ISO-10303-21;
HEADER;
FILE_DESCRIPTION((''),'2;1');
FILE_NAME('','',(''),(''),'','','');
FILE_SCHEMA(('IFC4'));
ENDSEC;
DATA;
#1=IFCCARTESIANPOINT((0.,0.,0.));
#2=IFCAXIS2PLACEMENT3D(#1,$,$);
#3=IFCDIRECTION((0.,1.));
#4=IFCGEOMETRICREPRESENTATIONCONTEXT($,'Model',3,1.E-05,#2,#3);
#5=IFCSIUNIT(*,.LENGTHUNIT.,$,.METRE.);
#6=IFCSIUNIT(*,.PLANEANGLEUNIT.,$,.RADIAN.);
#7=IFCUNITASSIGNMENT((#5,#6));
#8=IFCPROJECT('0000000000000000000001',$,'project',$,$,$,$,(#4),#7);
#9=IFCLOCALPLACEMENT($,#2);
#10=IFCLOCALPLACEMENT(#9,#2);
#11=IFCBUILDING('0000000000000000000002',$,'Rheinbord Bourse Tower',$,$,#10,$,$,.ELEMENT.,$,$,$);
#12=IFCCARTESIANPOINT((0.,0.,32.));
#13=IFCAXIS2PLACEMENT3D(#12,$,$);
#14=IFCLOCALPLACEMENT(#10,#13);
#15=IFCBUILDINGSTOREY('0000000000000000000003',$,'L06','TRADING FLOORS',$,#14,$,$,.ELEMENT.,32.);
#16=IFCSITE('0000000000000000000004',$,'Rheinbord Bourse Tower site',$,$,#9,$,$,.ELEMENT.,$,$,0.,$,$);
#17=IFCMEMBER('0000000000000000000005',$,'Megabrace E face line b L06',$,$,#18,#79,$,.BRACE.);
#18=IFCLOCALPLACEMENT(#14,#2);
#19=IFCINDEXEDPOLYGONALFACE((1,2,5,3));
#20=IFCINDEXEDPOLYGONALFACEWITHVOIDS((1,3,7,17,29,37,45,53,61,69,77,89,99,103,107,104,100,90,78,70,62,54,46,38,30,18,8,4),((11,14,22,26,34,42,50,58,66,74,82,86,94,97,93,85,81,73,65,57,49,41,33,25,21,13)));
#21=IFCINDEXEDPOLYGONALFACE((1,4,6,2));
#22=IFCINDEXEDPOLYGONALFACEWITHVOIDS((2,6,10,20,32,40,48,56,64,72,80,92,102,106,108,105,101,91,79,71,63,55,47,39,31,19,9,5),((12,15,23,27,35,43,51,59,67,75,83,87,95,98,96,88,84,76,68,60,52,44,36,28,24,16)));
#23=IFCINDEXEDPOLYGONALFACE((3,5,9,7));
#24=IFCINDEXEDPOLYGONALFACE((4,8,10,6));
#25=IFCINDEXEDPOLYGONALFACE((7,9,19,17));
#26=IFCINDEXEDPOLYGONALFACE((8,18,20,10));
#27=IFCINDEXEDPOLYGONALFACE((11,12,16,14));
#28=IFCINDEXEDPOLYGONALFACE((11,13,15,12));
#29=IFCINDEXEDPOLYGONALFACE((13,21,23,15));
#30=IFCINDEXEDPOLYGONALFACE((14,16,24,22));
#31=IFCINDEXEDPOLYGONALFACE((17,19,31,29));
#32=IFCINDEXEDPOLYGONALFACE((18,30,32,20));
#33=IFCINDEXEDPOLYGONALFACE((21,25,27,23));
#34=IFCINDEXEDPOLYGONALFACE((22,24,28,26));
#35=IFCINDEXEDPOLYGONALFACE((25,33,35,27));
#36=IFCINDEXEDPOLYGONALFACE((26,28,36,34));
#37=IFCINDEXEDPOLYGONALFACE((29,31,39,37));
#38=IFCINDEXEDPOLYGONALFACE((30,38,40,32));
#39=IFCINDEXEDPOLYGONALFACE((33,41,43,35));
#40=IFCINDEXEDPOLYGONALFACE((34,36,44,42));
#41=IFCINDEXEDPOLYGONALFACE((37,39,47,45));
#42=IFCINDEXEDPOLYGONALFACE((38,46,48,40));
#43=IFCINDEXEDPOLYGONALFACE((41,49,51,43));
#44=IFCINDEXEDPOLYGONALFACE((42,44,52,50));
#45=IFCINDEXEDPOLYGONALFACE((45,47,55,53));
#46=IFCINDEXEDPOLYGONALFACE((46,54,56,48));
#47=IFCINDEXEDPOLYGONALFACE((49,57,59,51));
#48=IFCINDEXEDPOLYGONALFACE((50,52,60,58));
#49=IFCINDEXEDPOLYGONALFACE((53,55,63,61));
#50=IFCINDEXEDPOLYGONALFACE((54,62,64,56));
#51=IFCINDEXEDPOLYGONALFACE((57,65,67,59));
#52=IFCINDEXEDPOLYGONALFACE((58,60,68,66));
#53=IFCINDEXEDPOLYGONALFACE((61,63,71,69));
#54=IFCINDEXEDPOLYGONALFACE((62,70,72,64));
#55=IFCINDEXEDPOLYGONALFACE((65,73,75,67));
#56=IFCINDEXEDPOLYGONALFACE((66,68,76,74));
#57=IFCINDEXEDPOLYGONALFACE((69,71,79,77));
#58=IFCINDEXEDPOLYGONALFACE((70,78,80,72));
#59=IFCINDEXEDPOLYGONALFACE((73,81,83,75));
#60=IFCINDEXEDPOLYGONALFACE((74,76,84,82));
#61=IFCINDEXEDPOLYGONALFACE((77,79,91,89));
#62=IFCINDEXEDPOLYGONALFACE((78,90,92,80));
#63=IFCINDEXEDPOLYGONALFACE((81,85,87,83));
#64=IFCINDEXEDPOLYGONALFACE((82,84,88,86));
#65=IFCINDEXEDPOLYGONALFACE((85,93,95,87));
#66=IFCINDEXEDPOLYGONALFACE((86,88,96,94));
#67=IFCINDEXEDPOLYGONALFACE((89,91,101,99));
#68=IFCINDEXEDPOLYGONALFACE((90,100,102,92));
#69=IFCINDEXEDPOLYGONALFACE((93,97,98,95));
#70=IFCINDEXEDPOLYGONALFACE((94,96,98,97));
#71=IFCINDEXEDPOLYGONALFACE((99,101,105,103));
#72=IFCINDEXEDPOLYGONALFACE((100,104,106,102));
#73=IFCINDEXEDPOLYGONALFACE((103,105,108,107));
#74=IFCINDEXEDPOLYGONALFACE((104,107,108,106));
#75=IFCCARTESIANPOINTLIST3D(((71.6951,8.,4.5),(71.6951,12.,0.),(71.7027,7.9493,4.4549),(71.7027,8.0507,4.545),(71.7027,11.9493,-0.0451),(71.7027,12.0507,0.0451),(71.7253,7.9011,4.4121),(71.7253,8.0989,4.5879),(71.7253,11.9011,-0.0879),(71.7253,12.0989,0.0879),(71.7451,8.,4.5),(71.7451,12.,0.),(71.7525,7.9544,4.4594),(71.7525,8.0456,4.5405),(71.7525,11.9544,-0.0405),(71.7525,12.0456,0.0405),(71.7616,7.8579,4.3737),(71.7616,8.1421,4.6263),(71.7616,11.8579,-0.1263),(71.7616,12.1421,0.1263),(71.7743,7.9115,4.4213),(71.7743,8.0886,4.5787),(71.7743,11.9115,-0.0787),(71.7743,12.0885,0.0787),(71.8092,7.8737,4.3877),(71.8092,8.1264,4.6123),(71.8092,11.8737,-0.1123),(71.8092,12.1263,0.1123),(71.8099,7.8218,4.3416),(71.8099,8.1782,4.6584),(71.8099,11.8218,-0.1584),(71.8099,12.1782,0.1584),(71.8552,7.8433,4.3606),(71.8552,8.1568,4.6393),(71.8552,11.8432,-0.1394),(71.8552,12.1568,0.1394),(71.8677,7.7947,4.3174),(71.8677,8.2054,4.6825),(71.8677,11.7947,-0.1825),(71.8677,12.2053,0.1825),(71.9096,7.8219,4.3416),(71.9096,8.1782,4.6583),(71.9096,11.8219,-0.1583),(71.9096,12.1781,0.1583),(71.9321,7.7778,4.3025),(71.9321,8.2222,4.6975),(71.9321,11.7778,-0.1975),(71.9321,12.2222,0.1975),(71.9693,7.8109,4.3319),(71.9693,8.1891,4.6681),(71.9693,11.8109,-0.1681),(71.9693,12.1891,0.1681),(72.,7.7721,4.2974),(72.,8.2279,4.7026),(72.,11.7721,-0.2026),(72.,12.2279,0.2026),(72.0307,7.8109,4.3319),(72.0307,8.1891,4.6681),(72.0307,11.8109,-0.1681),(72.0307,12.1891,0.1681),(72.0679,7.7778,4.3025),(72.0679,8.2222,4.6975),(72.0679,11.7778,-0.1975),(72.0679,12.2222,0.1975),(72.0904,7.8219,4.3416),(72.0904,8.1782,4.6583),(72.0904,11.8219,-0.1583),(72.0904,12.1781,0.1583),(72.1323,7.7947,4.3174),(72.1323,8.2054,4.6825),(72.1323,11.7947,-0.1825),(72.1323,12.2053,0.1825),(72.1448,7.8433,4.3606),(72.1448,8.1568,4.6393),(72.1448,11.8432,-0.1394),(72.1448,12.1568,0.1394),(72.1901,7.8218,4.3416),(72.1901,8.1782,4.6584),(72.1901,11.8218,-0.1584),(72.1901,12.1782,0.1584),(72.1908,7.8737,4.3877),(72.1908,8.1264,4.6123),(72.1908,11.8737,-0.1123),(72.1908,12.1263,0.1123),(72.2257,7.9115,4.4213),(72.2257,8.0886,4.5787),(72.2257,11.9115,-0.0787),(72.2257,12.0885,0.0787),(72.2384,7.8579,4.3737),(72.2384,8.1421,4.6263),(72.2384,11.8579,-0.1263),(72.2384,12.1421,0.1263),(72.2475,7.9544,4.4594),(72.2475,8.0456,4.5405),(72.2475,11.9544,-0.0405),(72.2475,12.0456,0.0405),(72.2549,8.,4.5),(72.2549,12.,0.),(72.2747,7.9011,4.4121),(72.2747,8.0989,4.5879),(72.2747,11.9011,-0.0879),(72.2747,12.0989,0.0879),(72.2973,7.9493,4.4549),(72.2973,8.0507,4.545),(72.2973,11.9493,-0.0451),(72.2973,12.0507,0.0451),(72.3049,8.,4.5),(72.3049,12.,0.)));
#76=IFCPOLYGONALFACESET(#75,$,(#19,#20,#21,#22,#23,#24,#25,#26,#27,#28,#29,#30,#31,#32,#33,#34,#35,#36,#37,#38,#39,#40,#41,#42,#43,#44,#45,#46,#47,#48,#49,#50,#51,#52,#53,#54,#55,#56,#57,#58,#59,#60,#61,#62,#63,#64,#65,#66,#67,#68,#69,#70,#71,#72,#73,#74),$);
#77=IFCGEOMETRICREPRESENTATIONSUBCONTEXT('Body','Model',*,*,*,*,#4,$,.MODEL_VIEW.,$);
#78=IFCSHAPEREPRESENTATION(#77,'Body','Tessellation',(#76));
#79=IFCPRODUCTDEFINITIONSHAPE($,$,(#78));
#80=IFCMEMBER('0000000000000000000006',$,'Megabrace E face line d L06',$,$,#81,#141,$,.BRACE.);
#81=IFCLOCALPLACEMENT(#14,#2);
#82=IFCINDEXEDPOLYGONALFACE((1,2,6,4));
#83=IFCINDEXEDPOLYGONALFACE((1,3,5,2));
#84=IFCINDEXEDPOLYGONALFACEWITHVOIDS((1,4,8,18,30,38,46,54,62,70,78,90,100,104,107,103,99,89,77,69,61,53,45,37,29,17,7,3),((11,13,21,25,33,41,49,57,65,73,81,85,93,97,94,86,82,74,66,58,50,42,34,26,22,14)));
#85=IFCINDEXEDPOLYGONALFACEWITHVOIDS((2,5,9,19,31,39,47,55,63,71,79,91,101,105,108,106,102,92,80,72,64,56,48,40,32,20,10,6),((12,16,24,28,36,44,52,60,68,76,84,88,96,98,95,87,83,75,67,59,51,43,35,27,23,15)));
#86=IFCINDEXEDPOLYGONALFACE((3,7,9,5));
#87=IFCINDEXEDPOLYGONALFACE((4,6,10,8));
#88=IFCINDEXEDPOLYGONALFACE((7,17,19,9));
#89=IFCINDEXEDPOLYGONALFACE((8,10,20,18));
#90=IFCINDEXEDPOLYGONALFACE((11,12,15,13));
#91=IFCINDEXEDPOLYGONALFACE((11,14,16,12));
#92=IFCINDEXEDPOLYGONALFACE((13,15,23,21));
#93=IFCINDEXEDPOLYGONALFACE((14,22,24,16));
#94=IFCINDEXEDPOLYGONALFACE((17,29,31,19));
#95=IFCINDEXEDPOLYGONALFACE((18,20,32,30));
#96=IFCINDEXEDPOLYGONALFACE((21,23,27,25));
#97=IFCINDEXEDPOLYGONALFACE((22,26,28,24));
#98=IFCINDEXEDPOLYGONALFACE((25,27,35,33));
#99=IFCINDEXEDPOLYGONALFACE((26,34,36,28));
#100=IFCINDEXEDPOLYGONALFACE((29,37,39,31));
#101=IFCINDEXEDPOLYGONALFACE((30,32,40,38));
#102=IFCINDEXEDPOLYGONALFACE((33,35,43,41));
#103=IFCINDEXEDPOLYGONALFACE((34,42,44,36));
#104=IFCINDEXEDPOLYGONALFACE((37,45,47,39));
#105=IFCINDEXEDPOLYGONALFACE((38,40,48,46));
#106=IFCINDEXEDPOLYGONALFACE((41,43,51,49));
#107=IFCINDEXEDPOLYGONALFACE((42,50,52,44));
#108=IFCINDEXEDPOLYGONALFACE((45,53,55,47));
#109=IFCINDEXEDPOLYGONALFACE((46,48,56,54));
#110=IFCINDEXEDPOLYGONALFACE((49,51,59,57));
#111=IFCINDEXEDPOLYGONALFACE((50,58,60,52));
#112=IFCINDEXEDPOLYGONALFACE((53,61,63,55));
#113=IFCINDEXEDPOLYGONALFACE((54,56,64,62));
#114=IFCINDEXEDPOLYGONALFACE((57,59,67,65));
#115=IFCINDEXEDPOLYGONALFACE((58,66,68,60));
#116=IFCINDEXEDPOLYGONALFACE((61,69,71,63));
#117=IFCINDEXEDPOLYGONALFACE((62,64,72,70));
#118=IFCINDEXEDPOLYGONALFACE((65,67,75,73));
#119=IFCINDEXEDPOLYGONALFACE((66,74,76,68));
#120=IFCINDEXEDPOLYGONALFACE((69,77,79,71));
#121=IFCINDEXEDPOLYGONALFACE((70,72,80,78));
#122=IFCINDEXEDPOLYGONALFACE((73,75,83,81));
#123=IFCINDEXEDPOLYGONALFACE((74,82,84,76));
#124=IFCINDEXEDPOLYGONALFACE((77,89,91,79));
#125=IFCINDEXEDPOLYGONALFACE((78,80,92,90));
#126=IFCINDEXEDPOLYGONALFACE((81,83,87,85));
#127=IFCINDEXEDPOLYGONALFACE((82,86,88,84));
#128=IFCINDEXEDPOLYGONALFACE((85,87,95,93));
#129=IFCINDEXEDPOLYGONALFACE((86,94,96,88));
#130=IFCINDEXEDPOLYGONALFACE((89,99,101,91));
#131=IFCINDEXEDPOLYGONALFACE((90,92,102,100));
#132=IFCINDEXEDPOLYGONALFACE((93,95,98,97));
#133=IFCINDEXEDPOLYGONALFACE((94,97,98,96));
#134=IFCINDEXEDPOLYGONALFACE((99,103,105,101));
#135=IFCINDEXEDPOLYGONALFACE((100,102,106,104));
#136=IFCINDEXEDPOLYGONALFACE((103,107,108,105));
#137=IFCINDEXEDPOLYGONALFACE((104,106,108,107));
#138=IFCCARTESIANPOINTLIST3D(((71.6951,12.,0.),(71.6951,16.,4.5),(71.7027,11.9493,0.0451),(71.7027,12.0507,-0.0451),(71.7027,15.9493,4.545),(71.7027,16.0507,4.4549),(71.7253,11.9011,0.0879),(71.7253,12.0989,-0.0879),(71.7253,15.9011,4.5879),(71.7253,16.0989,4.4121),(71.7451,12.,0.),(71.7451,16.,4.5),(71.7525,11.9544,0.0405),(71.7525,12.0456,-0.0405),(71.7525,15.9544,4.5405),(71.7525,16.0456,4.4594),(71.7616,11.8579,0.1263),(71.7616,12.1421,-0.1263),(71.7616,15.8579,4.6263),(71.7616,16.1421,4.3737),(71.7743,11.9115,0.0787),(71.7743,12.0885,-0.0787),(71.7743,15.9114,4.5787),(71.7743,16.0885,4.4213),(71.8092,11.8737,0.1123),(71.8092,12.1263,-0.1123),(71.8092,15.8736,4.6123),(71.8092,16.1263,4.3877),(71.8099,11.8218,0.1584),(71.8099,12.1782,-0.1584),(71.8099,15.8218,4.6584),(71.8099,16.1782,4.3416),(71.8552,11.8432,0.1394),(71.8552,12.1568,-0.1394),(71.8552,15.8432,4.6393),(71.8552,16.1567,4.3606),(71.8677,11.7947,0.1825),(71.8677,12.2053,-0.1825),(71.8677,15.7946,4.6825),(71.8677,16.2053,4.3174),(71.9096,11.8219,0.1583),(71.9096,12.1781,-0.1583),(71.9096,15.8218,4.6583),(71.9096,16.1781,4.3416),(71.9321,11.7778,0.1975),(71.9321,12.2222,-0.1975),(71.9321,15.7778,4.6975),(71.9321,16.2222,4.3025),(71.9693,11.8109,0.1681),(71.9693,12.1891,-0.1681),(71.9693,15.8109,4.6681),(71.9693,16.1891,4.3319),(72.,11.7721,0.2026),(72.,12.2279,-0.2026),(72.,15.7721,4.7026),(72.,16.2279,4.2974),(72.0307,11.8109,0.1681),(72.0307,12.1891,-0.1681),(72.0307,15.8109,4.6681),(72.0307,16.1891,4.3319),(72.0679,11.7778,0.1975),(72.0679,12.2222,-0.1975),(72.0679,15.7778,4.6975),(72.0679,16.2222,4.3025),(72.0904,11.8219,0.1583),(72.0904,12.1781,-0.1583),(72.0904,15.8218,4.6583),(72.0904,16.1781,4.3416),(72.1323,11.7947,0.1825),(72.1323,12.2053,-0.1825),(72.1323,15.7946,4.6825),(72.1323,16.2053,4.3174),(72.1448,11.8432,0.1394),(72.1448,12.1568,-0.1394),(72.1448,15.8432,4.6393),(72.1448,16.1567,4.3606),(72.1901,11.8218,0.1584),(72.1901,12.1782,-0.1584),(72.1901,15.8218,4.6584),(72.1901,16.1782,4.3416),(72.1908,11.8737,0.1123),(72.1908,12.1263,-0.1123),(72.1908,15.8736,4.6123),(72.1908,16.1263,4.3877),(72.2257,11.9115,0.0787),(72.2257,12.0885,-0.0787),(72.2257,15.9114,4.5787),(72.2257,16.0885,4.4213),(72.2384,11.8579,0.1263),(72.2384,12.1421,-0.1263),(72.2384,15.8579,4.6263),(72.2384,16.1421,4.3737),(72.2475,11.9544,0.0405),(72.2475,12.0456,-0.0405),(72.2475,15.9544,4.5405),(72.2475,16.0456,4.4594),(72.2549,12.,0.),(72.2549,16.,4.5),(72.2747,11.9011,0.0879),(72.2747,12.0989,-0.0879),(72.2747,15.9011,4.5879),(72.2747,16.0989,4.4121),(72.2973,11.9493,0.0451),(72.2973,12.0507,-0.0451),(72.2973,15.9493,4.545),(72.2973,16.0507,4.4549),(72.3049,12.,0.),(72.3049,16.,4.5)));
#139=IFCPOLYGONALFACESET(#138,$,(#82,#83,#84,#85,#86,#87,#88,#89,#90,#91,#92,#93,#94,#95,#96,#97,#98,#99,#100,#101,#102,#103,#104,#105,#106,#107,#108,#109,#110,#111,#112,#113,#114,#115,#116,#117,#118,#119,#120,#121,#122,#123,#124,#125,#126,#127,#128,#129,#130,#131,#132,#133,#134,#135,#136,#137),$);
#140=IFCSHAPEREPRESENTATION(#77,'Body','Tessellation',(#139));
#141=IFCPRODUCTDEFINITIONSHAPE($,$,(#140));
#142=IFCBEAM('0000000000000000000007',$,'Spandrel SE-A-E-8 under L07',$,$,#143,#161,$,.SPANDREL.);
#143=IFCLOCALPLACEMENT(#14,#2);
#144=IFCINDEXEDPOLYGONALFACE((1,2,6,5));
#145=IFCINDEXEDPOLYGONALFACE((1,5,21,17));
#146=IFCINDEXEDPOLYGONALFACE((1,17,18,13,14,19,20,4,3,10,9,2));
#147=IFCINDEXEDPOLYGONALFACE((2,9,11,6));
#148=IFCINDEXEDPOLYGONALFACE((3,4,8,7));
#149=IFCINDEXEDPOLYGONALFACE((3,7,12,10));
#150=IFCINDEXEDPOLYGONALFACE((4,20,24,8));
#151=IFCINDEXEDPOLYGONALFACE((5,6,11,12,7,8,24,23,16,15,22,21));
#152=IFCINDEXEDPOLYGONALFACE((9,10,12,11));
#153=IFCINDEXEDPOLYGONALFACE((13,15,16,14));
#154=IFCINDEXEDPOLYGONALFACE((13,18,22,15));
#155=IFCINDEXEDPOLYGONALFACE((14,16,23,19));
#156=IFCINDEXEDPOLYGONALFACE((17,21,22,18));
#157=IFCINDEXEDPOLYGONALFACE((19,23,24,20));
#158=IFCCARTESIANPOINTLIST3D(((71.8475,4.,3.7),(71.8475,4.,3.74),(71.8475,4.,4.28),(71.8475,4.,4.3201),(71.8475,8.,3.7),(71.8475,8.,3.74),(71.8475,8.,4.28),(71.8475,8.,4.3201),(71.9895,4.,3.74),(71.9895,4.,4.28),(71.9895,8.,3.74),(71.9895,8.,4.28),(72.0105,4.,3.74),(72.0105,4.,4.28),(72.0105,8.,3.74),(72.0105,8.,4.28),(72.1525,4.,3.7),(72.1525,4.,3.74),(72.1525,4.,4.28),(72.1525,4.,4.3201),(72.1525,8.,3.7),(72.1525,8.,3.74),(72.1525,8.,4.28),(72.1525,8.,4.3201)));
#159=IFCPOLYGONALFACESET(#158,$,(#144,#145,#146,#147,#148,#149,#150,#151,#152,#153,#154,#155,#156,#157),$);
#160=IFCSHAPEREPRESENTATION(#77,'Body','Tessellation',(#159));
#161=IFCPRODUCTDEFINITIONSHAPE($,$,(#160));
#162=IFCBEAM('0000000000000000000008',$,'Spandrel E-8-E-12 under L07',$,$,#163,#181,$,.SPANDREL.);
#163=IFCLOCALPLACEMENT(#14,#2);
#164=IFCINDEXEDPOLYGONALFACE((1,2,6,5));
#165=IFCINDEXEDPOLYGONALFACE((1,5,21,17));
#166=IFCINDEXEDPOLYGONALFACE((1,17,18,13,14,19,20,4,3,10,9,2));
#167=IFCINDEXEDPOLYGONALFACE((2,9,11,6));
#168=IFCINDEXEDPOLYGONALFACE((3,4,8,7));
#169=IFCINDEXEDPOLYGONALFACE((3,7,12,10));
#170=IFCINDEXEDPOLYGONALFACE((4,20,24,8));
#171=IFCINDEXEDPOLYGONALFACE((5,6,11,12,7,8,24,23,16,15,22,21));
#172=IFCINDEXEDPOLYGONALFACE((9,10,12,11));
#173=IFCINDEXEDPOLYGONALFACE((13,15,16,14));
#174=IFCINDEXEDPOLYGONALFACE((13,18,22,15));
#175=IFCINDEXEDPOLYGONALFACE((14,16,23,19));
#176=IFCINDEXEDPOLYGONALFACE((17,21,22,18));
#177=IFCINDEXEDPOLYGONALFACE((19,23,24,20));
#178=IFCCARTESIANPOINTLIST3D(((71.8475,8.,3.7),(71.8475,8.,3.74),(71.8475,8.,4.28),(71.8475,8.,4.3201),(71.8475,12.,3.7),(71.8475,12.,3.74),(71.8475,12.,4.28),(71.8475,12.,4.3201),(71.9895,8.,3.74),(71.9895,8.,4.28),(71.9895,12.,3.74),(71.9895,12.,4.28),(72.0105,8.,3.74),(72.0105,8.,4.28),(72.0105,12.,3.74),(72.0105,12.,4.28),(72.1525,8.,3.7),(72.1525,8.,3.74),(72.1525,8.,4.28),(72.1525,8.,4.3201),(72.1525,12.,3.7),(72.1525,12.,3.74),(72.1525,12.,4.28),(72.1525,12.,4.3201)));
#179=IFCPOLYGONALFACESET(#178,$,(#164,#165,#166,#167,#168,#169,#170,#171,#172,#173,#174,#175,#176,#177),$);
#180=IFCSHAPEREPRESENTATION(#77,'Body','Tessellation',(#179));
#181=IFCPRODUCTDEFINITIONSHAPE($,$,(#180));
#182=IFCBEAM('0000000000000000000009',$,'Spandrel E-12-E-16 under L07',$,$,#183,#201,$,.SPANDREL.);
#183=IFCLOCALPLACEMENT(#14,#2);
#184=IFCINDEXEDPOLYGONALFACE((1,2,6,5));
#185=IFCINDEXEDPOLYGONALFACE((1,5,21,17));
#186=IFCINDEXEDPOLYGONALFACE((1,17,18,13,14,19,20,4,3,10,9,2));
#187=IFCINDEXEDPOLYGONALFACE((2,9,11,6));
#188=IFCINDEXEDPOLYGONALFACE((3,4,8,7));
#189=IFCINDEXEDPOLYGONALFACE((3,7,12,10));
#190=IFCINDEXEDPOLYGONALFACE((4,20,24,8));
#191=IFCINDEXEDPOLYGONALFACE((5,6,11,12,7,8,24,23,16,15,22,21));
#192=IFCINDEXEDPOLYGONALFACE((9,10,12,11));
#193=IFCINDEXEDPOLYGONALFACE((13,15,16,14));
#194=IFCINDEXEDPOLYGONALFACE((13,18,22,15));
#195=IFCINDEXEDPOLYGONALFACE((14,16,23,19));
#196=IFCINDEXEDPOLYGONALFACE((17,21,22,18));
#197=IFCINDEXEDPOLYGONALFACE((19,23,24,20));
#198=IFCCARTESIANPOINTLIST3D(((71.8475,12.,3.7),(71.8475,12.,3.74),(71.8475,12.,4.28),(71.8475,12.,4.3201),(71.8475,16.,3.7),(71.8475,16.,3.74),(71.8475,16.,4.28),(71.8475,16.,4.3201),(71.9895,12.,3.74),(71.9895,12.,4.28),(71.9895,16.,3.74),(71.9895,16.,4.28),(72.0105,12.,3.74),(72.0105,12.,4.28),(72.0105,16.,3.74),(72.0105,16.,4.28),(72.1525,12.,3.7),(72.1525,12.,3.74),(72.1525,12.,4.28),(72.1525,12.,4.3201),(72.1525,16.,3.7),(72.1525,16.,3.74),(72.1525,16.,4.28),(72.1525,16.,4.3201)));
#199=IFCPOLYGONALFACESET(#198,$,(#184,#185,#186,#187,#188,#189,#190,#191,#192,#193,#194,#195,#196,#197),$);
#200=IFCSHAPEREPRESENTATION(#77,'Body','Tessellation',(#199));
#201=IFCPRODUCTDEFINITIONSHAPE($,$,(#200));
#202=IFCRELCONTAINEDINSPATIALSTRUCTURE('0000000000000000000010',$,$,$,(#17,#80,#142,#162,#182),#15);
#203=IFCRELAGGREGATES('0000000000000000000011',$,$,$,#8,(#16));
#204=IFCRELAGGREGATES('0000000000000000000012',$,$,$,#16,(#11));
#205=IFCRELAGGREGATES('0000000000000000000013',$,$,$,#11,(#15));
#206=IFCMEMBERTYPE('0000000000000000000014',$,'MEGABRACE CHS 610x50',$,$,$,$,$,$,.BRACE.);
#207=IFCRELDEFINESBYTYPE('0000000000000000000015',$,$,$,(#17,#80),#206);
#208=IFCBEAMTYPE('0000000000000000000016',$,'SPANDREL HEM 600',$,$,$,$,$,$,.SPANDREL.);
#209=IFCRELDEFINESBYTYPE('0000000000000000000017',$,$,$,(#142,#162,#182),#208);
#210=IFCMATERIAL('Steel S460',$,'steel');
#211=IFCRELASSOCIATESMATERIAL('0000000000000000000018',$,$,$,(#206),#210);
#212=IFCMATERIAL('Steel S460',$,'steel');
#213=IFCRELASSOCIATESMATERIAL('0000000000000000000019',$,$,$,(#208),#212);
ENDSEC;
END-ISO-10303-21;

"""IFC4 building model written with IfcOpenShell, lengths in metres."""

from ifc_helpers import new_model, si_unit, direction, frame, origin, origin_2d, place, context, subcontext, project, spatial, hollow_circle, i_section, extrude, material, material_profile, profile_set, type_object, element, save


model = new_model("IFC4")

# Units and contexts
model_context = context("Model", 3, precision=1e-05, world=origin(), true_north=direction((0.0, 1.0)))
body_context = subcontext(model_context, "Body", "Model", "MODEL_VIEW")
ifc_project = project(units=[si_unit("LENGTHUNIT", "METRE"), si_unit("PLANEANGLEUNIT", "RADIAN")], contexts=[model_context])

# Site, building, storey
site_placement = place(None, origin())
site = spatial("IfcSite", under=ifc_project, at=site_placement, Name="Rheinbord Bourse Tower site", CompositionType="ELEMENT", RefElevation=0.0)
building_placement = place(site_placement, origin())
building = spatial("IfcBuilding", under=site, at=building_placement, Name="Rheinbord Bourse Tower", CompositionType="ELEMENT")
storey_placement = place(building_placement, frame((0.0, 0.0, 32.0)))
storey = spatial("IfcBuildingStorey", under=building, at=storey_placement, Name="L06", Description="TRADING FLOORS", CompositionType="ELEMENT", Elevation=32.0)

# Members
ifc_material_1 = material(Name="Steel S460", Category="steel")
ifc_material_profile_1 = material_profile(ifc_material_1, hollow_circle(Radius=0.3049, WallThickness=0.05, at=origin_2d()), Name="CHS 610x50")
ifc_profile_set_1 = profile_set([ifc_material_profile_1], Name="Steel S460")
member_type_1 = type_object("IfcMemberType", Name="MEGABRACE CHS 610x50", PredefinedType="BRACE", material=ifc_profile_set_1)
for number, where, z_axis, x_axis, name in (
    (1, (72.0, 12.0, 0.0), (0.0, -0.664364, 0.747409), (1.0, 0.0, 0.0), "Megabrace E face line b L06"),
    (2, (72.0, 12.0, 0.0), (0.0, 0.664364, 0.747409), (-1.0, 0.0, 0.0), "Megabrace E face line d L06"),
):
    element("IfcMember", number, at=place(storey_placement, frame(where, z_axis=z_axis, x_axis=x_axis)), inside=storey, type_object=member_type_1, Name=name, PredefinedType="BRACE", context=body_context, shape_type="SweptSolid", body=[
        extrude(hollow_circle(Radius=0.3049, WallThickness=0.05, at=origin_2d()), origin(), (0.0, 0.0, 1.0), 6.0208),
    ])

# Beams
ifc_material_2 = material(Name="Steel S460", Category="steel")
ifc_material_profile_2 = material_profile(ifc_material_2, i_section(OverallWidth=0.3049, OverallDepth=0.6201, WebThickness=0.021, FlangeThickness=0.04, at=origin_2d()), Name="HEM 600")
ifc_profile_set_2 = profile_set([ifc_material_profile_2], Name="Steel S460")
beam_type_1 = type_object("IfcBeamType", Name="SPANDREL HEM 600", PredefinedType="SPANDREL", material=ifc_profile_set_2)
for number, where, z_axis, x_axis, name in (
    (3, (72.0, 4.0, 4.01), (0.0, 1.0, 0.0), (-1.0, 0.0, 0.0), "Spandrel SE-A-E-8 under L07"),
    (4, (72.0, 8.0, 4.01), (0.0, 1.0, 0.0), (-1.0, 0.0, 0.0), "Spandrel E-8-E-12 under L07"),
    (5, (72.0, 12.0, 4.01), (0.0, 1.0, 0.0), (-1.0, 0.0, 0.0), "Spandrel E-12-E-16 under L07"),
):
    element("IfcBeam", number, at=place(storey_placement, frame(where, z_axis=z_axis, x_axis=x_axis)), inside=storey, type_object=beam_type_1, Name=name, PredefinedType="SPANDREL", context=body_context, shape_type="SweptSolid", body=[
        extrude(i_section(OverallWidth=0.3049, OverallDepth=0.6201, WebThickness=0.021, FlangeThickness=0.04, at=origin_2d()), origin(), (0.0, 0.0, 1.0), 4.0),
    ])

save(model, "model.ifc")
